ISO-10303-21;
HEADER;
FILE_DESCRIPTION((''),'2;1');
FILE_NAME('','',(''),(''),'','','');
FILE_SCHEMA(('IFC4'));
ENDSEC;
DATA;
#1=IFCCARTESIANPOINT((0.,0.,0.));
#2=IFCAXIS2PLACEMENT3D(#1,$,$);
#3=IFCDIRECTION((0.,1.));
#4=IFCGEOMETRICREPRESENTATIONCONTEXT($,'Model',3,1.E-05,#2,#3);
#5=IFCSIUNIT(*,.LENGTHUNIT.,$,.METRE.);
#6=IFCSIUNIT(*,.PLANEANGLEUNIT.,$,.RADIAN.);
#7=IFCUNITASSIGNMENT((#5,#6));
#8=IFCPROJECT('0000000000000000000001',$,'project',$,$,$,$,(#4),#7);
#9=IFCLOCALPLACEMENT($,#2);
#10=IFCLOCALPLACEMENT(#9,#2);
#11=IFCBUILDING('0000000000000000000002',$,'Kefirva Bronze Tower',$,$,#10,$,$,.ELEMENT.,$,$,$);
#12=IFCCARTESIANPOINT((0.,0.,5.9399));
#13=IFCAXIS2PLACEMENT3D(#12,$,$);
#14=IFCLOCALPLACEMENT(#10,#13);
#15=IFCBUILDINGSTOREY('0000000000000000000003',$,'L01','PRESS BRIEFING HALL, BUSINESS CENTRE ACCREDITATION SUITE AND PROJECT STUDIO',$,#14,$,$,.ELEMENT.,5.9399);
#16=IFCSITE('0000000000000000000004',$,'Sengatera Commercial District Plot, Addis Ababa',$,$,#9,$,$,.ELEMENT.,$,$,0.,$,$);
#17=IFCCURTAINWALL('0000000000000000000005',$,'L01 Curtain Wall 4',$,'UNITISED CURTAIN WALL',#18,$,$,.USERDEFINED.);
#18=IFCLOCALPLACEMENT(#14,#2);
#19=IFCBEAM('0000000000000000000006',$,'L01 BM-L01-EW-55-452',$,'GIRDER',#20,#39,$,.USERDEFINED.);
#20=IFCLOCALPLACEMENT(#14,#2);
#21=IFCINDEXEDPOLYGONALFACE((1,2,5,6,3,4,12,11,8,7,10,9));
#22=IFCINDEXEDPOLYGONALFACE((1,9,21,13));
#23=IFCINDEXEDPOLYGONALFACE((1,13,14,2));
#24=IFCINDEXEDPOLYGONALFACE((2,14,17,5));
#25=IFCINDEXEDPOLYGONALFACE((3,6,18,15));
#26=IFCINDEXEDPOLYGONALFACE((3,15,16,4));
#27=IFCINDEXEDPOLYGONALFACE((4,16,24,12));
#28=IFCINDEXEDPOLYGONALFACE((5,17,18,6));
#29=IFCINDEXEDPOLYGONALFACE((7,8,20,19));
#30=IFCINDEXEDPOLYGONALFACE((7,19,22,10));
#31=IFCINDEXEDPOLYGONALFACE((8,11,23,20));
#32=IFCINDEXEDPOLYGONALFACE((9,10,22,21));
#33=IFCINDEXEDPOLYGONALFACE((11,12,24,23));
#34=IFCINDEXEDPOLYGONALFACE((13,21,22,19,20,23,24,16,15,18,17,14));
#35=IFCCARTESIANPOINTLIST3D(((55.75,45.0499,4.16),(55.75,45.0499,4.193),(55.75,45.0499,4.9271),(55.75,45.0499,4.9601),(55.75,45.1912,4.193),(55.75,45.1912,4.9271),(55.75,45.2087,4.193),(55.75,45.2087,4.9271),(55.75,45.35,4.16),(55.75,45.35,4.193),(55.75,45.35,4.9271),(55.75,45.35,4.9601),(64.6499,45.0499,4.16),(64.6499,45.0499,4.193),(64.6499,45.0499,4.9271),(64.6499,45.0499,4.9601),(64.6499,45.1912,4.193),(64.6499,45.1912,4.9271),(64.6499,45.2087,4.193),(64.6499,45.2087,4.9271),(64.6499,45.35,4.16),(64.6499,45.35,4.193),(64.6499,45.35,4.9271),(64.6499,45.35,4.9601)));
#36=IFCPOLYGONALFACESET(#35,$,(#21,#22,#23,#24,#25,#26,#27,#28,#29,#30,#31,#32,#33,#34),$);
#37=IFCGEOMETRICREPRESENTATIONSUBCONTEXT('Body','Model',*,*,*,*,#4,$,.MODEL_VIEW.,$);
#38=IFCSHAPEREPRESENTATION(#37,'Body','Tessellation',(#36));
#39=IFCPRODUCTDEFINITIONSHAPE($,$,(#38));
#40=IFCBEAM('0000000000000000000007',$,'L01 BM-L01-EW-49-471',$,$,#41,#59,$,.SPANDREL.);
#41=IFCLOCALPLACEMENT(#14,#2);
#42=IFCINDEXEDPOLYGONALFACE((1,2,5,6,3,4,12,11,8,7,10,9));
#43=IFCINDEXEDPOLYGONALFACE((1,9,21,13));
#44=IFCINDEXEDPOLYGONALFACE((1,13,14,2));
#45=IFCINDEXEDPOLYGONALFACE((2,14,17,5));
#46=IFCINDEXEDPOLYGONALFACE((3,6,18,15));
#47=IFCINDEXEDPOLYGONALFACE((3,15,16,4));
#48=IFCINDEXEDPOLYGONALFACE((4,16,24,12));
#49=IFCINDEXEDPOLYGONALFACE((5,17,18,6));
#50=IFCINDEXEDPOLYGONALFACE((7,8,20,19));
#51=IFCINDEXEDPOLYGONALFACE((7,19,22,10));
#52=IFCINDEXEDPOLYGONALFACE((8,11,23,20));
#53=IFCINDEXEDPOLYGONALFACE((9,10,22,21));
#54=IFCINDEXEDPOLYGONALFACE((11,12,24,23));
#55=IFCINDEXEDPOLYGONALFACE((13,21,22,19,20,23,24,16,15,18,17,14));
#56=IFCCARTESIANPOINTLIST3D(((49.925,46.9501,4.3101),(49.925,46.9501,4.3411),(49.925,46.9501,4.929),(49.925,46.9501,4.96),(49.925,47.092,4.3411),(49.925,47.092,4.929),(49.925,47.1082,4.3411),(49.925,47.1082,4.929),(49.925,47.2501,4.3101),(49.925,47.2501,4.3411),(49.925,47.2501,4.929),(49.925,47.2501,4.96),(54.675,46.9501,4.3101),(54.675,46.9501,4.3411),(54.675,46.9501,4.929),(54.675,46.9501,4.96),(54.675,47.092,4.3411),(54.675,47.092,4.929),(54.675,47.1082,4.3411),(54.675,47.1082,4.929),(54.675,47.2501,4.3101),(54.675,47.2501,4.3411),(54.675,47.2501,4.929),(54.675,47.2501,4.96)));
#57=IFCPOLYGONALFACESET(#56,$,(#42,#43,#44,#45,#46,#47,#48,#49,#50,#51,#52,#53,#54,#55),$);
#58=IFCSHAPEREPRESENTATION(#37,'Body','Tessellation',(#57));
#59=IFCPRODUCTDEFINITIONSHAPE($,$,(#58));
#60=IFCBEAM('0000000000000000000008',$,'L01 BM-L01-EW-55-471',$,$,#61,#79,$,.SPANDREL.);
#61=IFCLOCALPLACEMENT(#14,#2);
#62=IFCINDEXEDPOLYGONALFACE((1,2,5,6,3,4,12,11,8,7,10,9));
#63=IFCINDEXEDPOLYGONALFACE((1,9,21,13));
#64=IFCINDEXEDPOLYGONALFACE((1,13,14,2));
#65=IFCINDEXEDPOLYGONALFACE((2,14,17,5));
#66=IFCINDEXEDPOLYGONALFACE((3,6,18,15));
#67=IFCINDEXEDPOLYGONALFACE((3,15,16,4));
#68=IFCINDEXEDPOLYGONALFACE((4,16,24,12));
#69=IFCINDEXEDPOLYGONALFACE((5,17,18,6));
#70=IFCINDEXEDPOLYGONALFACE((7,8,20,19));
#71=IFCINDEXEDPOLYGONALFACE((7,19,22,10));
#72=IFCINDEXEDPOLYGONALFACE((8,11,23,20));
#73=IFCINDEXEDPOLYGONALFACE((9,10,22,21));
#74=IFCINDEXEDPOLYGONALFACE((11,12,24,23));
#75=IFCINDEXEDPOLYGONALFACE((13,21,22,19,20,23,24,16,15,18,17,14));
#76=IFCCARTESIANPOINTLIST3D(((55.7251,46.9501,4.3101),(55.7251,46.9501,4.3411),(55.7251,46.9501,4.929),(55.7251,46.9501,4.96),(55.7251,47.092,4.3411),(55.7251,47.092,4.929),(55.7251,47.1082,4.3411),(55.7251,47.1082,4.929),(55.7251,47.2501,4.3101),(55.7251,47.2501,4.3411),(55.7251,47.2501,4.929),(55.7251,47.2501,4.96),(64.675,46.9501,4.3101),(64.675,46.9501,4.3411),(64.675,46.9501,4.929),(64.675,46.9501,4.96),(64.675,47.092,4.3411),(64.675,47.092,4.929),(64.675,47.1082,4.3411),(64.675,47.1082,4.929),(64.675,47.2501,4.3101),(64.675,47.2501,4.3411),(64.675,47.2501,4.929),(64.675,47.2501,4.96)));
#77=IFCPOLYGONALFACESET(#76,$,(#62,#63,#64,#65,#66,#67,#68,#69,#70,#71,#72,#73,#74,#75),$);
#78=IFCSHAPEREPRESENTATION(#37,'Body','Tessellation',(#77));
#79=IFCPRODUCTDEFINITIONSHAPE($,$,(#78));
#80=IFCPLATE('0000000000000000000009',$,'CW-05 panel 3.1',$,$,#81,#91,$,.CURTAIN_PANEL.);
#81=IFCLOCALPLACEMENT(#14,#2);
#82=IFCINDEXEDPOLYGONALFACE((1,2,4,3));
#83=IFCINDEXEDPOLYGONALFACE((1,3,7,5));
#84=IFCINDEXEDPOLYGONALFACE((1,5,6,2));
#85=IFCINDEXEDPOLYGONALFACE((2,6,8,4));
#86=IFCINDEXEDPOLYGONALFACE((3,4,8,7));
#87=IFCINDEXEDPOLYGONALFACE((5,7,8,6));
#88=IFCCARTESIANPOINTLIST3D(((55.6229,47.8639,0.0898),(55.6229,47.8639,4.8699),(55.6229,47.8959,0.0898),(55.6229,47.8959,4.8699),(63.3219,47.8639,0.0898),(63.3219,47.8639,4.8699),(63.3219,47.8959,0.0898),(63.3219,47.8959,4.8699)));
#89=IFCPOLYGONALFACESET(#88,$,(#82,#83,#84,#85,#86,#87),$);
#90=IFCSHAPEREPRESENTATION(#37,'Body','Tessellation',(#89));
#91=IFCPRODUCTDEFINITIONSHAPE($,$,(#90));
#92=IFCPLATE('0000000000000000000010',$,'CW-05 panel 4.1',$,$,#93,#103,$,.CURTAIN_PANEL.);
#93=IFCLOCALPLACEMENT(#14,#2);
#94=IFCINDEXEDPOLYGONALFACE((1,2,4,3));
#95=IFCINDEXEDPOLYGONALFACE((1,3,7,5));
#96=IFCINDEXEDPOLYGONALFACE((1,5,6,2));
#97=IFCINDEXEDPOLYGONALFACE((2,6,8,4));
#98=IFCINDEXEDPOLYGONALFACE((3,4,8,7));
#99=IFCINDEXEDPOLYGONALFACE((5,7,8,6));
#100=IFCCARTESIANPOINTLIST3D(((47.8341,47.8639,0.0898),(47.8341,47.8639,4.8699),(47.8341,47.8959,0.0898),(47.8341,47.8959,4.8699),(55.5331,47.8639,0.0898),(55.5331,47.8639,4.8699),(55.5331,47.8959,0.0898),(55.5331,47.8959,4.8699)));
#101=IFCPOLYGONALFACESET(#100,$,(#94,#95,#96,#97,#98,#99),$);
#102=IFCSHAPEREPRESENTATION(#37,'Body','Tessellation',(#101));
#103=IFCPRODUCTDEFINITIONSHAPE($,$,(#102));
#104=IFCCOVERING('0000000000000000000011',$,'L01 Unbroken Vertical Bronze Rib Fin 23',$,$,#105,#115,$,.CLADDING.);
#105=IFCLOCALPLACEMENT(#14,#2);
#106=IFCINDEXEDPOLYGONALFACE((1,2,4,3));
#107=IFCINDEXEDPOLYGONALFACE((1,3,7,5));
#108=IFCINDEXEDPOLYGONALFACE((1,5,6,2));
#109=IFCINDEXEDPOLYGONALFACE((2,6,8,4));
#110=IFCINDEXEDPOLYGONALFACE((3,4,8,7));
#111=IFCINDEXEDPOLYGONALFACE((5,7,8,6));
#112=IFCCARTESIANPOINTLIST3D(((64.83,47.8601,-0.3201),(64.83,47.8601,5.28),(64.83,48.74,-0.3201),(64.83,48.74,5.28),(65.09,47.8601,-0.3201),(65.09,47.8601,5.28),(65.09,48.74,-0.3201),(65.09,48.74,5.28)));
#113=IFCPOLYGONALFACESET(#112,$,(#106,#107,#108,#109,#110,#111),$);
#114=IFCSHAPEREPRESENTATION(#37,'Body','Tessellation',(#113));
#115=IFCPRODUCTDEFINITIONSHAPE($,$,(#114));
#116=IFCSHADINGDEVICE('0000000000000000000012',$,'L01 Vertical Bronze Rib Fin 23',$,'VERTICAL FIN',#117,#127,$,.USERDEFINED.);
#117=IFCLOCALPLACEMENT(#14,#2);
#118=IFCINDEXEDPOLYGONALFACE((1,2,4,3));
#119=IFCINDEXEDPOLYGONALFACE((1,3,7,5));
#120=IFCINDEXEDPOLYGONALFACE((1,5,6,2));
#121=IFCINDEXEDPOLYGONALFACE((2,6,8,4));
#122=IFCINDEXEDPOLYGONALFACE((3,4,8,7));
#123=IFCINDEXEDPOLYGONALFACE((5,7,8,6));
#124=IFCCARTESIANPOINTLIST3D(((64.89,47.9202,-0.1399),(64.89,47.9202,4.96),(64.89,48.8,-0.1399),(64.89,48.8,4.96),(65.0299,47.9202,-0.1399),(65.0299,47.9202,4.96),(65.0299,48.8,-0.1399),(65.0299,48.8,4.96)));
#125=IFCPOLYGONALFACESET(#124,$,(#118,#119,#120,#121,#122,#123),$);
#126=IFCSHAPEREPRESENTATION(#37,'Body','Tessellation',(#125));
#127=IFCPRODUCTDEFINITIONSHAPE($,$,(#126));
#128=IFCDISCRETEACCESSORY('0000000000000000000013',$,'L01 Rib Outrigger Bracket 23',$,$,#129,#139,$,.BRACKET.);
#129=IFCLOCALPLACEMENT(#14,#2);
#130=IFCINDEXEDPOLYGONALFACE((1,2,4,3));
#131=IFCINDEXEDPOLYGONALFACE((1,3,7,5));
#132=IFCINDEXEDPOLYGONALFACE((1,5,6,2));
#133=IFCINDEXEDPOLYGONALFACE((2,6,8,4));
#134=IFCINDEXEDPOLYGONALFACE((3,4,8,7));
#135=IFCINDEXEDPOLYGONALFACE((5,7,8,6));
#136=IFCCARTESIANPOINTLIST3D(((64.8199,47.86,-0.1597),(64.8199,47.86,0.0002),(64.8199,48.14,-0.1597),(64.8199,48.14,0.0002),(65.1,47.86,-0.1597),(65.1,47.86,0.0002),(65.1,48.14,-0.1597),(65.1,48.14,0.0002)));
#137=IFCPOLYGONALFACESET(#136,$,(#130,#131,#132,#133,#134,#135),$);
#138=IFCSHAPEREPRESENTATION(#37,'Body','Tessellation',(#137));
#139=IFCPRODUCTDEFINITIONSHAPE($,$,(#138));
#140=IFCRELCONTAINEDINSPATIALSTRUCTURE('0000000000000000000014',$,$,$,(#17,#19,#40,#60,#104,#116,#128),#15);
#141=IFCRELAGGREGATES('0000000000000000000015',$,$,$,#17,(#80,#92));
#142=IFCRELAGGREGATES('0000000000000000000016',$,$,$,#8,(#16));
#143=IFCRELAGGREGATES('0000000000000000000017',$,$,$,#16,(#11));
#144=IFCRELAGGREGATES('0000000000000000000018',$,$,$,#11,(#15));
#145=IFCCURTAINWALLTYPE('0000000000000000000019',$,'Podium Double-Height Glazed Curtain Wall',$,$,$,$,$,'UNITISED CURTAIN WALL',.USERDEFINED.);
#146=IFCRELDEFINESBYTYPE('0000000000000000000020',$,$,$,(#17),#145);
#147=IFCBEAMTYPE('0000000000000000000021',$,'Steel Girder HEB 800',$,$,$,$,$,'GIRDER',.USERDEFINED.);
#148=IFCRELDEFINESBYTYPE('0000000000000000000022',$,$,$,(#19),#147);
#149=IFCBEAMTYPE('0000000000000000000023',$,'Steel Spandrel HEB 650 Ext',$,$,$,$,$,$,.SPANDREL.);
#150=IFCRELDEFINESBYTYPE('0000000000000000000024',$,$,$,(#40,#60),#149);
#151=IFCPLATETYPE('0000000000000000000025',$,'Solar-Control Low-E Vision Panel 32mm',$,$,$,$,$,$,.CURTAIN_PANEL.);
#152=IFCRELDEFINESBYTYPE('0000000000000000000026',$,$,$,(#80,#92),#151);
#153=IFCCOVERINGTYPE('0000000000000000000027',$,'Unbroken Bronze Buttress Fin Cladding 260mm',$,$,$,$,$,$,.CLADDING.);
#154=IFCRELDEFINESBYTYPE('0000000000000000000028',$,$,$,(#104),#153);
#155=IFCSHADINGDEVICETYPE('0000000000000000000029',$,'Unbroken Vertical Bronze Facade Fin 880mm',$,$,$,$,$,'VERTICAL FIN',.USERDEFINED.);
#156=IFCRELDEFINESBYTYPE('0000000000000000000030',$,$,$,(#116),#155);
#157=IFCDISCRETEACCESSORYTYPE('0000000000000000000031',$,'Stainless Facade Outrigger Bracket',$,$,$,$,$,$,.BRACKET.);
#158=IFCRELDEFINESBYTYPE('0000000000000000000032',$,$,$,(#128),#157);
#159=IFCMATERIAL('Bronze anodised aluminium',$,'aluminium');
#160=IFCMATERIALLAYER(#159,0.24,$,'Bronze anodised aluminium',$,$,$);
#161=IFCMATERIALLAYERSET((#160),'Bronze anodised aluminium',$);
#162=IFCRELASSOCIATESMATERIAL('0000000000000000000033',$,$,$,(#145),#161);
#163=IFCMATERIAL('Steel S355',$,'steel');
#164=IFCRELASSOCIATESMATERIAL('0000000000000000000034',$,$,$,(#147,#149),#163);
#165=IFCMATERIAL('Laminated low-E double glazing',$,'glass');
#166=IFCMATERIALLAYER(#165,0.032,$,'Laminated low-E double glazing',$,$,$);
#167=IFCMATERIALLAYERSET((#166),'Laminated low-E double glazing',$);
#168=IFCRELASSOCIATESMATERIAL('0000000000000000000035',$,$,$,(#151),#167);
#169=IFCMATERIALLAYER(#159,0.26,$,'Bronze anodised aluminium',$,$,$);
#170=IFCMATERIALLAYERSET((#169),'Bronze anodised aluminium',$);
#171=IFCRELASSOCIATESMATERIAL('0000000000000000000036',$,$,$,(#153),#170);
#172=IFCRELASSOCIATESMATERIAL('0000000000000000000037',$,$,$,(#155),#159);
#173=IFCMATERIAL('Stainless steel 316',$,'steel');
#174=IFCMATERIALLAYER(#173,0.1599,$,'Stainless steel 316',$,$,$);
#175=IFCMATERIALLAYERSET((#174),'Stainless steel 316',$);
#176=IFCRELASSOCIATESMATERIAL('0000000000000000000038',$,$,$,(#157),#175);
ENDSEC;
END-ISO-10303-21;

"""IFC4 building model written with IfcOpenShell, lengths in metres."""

from ifc_helpers import new_model, si_unit, direction, frame, origin, origin_2d, place, context, subcontext, project, spatial, rectangle, i_section, extrude, material, layer, layer_set, material_profile, profile_set, type_object, element, aggregate, save


model = new_model("IFC4")

# Units and contexts
model_context = context("Model", 3, precision=1e-05, world=origin(), true_north=direction((0.0, 1.0)))
body_context = subcontext(model_context, "Body", "Model", "MODEL_VIEW")
ifc_project = project(units=[si_unit("LENGTHUNIT", "METRE"), si_unit("PLANEANGLEUNIT", "RADIAN")], contexts=[model_context])

# Site, building, storey
site_placement = place(None, origin())
site = spatial("IfcSite", under=ifc_project, at=site_placement, Name="Sengatera Commercial District Plot, Addis Ababa", CompositionType="ELEMENT", RefElevation=0.0)
building_placement = place(site_placement, origin())
building = spatial("IfcBuilding", under=site, at=building_placement, Name="Kefirva Bronze Tower", CompositionType="ELEMENT")
storey_placement = place(building_placement, frame((0.0, 0.0, 5.9399)))
storey = spatial("IfcBuildingStorey", under=building, at=storey_placement, Name="L01", Description="PRESS BRIEFING HALL, BUSINESS CENTRE ACCREDITATION SUITE AND PROJECT STUDIO", CompositionType="ELEMENT", Elevation=5.9399)

# Curtain wall
ifc_material_1 = material(Name="Bronze anodised aluminium", Category="aluminium")
ifc_layer_1 = layer(ifc_material_1, 0.24, Name="Bronze anodised aluminium")
ifc_layer_set_1 = layer_set([ifc_layer_1], Name="Bronze anodised aluminium")
curtain_wall_type = type_object("IfcCurtainWallType", Name="Podium Double-Height Glazed Curtain Wall", ElementType="UNITISED CURTAIN WALL", PredefinedType="USERDEFINED", material=ifc_layer_set_1)
curtain_wall_placement = place(storey_placement, origin())
curtain_wall = element("IfcCurtainWall", 1, at=curtain_wall_placement, inside=storey, type_object=curtain_wall_type, Name="L01 Curtain Wall 4", ObjectType="UNITISED CURTAIN WALL", PredefinedType="USERDEFINED")

# Beams
ifc_material_2 = material(Name="Steel S355", Category="steel")
ifc_material_profile_1 = material_profile(ifc_material_2, i_section(OverallWidth=0.3, OverallDepth=0.8, WebThickness=0.0176, FlangeThickness=0.033, at=origin_2d()), Name="HEB 800")
ifc_profile_set_1 = profile_set([ifc_material_profile_1], Name="Steel S355")
beam_type_1 = type_object("IfcBeamType", Name="Steel Girder HEB 800", ElementType="GIRDER", PredefinedType="USERDEFINED", material=ifc_profile_set_1)
beam_1_placement = place(storey_placement, frame((55.75, 45.2, 4.5601), z_axis=(1.0, 0.0, 0.0), x_axis=(0.0, 1.0, 0.0)))
element("IfcBeam", 2, at=beam_1_placement, inside=storey, type_object=beam_type_1, Name="L01 BM-L01-EW-55-452", ObjectType="GIRDER", PredefinedType="USERDEFINED", context=body_context, shape_type="SweptSolid", body=[
    extrude(i_section(OverallWidth=0.3, OverallDepth=0.8, WebThickness=0.0176, FlangeThickness=0.033, at=origin_2d()), origin(), (0.0, 0.0, 1.0), 8.8999),
])
ifc_material_profile_2 = material_profile(ifc_material_2, i_section(OverallWidth=0.3, OverallDepth=0.6499, WebThickness=0.0161, FlangeThickness=0.031, at=origin_2d()), Name="HEB 650")
ifc_profile_set_2 = profile_set([ifc_material_profile_2], Name="Steel S355")
beam_type_2 = type_object("IfcBeamType", Name="Steel Spandrel HEB 650 Ext", PredefinedType="SPANDREL", material=ifc_profile_set_2)
beam_2_placement = place(storey_placement, frame((49.925, 47.1001, 4.635), z_axis=(1.0, 0.0, 0.0), x_axis=(0.0, 1.0, 0.0)))
element("IfcBeam", 3, at=beam_2_placement, inside=storey, type_object=beam_type_2, Name="L01 BM-L01-EW-49-471", PredefinedType="SPANDREL", context=body_context, shape_type="SweptSolid", body=[
    extrude(i_section(OverallWidth=0.3, OverallDepth=0.6499, WebThickness=0.0161, FlangeThickness=0.031, at=origin_2d()), origin(), (0.0, 0.0, 1.0), 4.75),
])
beam_3_placement = place(storey_placement, frame((55.7251, 47.1001, 4.635), z_axis=(1.0, 0.0, 0.0), x_axis=(0.0, 1.0, 0.0)))
element("IfcBeam", 4, at=beam_3_placement, inside=storey, type_object=beam_type_2, Name="L01 BM-L01-EW-55-471", PredefinedType="SPANDREL", context=body_context, shape_type="SweptSolid", body=[
    extrude(i_section(OverallWidth=0.3, OverallDepth=0.6499, WebThickness=0.0161, FlangeThickness=0.031, at=origin_2d()), origin(), (0.0, 0.0, 1.0), 8.95),
])

# Plates
ifc_material_3 = material(Name="Laminated low-E double glazing", Category="glass")
ifc_layer_2 = layer(ifc_material_3, 0.032, Name="Laminated low-E double glazing")
ifc_layer_set_2 = layer_set([ifc_layer_2], Name="Laminated low-E double glazing")
plate_type = type_object("IfcPlateType", Name="Solar-Control Low-E Vision Panel 32mm", PredefinedType="CURTAIN_PANEL", material=ifc_layer_set_2)
plate_1_placement = place(storey_placement, frame((59.4724, 47.8799, 0.0898), z_axis=(0.0, 0.0, 1.0), x_axis=(-1.0, 0.0, 0.0)))
plate_1 = element("IfcPlate", 5, at=plate_1_placement, type_object=plate_type, Name="CW-05 panel 3.1", PredefinedType="CURTAIN_PANEL", context=body_context, shape_type="SweptSolid", body=[
    extrude(rectangle(XDim=7.699, YDim=0.032, at=origin_2d()), origin(), (0.0, 0.0, 1.0), 4.78),
])
plate_2_placement = place(storey_placement, frame((51.6836, 47.8799, 0.0898), z_axis=(0.0, 0.0, 1.0), x_axis=(-1.0, 0.0, 0.0)))
plate_2 = element("IfcPlate", 6, at=plate_2_placement, type_object=plate_type, Name="CW-05 panel 4.1", PredefinedType="CURTAIN_PANEL", context=body_context, shape_type="SweptSolid", body=[
    extrude(rectangle(XDim=7.699, YDim=0.032, at=origin_2d()), origin(), (0.0, 0.0, 1.0), 4.78),
])
aggregate(curtain_wall, [plate_1, plate_2])

# Covering
ifc_layer_3 = layer(ifc_material_1, 0.26, Name="Bronze anodised aluminium")
ifc_layer_set_3 = layer_set([ifc_layer_3], Name="Bronze anodised aluminium")
covering_type = type_object("IfcCoveringType", Name="Unbroken Bronze Buttress Fin Cladding 260mm", PredefinedType="CLADDING", material=ifc_layer_set_3)
covering_placement = place(storey_placement, frame((64.96, 48.3, -0.3201), z_axis=(0.0, 0.0, 1.0), x_axis=(-1.0, 0.0, 0.0)))
element("IfcCovering", 7, at=covering_placement, inside=storey, type_object=covering_type, Name="L01 Unbroken Vertical Bronze Rib Fin 23", PredefinedType="CLADDING", context=body_context, shape_type="SweptSolid", body=[
    extrude(rectangle(XDim=0.26, YDim=0.8799, at=origin_2d()), origin(), (0.0, 0.0, 1.0), 5.6001),
])

# Shading device
ifc_material_profile_3 = material_profile(ifc_material_1, rectangle(XDim=0.1399, YDim=0.8799, at=origin_2d()), Name="BRONZE FIN 140x880")
ifc_profile_set_3 = profile_set([ifc_material_profile_3], Name="Bronze anodised aluminium")
shading_device_type = type_object("IfcShadingDeviceType", Name="Unbroken Vertical Bronze Facade Fin 880mm", ElementType="VERTICAL FIN", PredefinedType="USERDEFINED", material=ifc_profile_set_3)
shading_device_placement = place(storey_placement, frame((64.96, 48.3601, -0.1399), z_axis=(0.0, 0.0, 1.0), x_axis=(-1.0, 0.0, 0.0)))
element("IfcShadingDevice", 8, at=shading_device_placement, inside=storey, type_object=shading_device_type, Name="L01 Vertical Bronze Rib Fin 23", ObjectType="VERTICAL FIN", PredefinedType="USERDEFINED", context=body_context, shape_type="SweptSolid", body=[
    extrude(rectangle(XDim=0.1399, YDim=0.8799, at=origin_2d()), origin(), (0.0, 0.0, 1.0), 5.0999),
])

# Discrete accessory
ifc_material_4 = material(Name="Stainless steel 316", Category="steel")
ifc_layer_4 = layer(ifc_material_4, 0.1599, Name="Stainless steel 316")
ifc_layer_set_4 = layer_set([ifc_layer_4], Name="Stainless steel 316")
discrete_accessory_type = type_object("IfcDiscreteAccessoryType", Name="Stainless Facade Outrigger Bracket", PredefinedType="BRACKET", material=ifc_layer_set_4)
discrete_accessory_placement = place(storey_placement, frame((64.96, 48.0, -0.1597), z_axis=(0.0, 0.0, 1.0), x_axis=(-1.0, 0.0, 0.0)))
element("IfcDiscreteAccessory", 9, at=discrete_accessory_placement, inside=storey, type_object=discrete_accessory_type, Name="L01 Rib Outrigger Bracket 23", PredefinedType="BRACKET", context=body_context, shape_type="SweptSolid", body=[
    extrude(rectangle(XDim=0.28, YDim=0.28, at=origin_2d()), origin(), (0.0, 0.0, 1.0), 0.1599),
])

save(model, "model.ifc")
